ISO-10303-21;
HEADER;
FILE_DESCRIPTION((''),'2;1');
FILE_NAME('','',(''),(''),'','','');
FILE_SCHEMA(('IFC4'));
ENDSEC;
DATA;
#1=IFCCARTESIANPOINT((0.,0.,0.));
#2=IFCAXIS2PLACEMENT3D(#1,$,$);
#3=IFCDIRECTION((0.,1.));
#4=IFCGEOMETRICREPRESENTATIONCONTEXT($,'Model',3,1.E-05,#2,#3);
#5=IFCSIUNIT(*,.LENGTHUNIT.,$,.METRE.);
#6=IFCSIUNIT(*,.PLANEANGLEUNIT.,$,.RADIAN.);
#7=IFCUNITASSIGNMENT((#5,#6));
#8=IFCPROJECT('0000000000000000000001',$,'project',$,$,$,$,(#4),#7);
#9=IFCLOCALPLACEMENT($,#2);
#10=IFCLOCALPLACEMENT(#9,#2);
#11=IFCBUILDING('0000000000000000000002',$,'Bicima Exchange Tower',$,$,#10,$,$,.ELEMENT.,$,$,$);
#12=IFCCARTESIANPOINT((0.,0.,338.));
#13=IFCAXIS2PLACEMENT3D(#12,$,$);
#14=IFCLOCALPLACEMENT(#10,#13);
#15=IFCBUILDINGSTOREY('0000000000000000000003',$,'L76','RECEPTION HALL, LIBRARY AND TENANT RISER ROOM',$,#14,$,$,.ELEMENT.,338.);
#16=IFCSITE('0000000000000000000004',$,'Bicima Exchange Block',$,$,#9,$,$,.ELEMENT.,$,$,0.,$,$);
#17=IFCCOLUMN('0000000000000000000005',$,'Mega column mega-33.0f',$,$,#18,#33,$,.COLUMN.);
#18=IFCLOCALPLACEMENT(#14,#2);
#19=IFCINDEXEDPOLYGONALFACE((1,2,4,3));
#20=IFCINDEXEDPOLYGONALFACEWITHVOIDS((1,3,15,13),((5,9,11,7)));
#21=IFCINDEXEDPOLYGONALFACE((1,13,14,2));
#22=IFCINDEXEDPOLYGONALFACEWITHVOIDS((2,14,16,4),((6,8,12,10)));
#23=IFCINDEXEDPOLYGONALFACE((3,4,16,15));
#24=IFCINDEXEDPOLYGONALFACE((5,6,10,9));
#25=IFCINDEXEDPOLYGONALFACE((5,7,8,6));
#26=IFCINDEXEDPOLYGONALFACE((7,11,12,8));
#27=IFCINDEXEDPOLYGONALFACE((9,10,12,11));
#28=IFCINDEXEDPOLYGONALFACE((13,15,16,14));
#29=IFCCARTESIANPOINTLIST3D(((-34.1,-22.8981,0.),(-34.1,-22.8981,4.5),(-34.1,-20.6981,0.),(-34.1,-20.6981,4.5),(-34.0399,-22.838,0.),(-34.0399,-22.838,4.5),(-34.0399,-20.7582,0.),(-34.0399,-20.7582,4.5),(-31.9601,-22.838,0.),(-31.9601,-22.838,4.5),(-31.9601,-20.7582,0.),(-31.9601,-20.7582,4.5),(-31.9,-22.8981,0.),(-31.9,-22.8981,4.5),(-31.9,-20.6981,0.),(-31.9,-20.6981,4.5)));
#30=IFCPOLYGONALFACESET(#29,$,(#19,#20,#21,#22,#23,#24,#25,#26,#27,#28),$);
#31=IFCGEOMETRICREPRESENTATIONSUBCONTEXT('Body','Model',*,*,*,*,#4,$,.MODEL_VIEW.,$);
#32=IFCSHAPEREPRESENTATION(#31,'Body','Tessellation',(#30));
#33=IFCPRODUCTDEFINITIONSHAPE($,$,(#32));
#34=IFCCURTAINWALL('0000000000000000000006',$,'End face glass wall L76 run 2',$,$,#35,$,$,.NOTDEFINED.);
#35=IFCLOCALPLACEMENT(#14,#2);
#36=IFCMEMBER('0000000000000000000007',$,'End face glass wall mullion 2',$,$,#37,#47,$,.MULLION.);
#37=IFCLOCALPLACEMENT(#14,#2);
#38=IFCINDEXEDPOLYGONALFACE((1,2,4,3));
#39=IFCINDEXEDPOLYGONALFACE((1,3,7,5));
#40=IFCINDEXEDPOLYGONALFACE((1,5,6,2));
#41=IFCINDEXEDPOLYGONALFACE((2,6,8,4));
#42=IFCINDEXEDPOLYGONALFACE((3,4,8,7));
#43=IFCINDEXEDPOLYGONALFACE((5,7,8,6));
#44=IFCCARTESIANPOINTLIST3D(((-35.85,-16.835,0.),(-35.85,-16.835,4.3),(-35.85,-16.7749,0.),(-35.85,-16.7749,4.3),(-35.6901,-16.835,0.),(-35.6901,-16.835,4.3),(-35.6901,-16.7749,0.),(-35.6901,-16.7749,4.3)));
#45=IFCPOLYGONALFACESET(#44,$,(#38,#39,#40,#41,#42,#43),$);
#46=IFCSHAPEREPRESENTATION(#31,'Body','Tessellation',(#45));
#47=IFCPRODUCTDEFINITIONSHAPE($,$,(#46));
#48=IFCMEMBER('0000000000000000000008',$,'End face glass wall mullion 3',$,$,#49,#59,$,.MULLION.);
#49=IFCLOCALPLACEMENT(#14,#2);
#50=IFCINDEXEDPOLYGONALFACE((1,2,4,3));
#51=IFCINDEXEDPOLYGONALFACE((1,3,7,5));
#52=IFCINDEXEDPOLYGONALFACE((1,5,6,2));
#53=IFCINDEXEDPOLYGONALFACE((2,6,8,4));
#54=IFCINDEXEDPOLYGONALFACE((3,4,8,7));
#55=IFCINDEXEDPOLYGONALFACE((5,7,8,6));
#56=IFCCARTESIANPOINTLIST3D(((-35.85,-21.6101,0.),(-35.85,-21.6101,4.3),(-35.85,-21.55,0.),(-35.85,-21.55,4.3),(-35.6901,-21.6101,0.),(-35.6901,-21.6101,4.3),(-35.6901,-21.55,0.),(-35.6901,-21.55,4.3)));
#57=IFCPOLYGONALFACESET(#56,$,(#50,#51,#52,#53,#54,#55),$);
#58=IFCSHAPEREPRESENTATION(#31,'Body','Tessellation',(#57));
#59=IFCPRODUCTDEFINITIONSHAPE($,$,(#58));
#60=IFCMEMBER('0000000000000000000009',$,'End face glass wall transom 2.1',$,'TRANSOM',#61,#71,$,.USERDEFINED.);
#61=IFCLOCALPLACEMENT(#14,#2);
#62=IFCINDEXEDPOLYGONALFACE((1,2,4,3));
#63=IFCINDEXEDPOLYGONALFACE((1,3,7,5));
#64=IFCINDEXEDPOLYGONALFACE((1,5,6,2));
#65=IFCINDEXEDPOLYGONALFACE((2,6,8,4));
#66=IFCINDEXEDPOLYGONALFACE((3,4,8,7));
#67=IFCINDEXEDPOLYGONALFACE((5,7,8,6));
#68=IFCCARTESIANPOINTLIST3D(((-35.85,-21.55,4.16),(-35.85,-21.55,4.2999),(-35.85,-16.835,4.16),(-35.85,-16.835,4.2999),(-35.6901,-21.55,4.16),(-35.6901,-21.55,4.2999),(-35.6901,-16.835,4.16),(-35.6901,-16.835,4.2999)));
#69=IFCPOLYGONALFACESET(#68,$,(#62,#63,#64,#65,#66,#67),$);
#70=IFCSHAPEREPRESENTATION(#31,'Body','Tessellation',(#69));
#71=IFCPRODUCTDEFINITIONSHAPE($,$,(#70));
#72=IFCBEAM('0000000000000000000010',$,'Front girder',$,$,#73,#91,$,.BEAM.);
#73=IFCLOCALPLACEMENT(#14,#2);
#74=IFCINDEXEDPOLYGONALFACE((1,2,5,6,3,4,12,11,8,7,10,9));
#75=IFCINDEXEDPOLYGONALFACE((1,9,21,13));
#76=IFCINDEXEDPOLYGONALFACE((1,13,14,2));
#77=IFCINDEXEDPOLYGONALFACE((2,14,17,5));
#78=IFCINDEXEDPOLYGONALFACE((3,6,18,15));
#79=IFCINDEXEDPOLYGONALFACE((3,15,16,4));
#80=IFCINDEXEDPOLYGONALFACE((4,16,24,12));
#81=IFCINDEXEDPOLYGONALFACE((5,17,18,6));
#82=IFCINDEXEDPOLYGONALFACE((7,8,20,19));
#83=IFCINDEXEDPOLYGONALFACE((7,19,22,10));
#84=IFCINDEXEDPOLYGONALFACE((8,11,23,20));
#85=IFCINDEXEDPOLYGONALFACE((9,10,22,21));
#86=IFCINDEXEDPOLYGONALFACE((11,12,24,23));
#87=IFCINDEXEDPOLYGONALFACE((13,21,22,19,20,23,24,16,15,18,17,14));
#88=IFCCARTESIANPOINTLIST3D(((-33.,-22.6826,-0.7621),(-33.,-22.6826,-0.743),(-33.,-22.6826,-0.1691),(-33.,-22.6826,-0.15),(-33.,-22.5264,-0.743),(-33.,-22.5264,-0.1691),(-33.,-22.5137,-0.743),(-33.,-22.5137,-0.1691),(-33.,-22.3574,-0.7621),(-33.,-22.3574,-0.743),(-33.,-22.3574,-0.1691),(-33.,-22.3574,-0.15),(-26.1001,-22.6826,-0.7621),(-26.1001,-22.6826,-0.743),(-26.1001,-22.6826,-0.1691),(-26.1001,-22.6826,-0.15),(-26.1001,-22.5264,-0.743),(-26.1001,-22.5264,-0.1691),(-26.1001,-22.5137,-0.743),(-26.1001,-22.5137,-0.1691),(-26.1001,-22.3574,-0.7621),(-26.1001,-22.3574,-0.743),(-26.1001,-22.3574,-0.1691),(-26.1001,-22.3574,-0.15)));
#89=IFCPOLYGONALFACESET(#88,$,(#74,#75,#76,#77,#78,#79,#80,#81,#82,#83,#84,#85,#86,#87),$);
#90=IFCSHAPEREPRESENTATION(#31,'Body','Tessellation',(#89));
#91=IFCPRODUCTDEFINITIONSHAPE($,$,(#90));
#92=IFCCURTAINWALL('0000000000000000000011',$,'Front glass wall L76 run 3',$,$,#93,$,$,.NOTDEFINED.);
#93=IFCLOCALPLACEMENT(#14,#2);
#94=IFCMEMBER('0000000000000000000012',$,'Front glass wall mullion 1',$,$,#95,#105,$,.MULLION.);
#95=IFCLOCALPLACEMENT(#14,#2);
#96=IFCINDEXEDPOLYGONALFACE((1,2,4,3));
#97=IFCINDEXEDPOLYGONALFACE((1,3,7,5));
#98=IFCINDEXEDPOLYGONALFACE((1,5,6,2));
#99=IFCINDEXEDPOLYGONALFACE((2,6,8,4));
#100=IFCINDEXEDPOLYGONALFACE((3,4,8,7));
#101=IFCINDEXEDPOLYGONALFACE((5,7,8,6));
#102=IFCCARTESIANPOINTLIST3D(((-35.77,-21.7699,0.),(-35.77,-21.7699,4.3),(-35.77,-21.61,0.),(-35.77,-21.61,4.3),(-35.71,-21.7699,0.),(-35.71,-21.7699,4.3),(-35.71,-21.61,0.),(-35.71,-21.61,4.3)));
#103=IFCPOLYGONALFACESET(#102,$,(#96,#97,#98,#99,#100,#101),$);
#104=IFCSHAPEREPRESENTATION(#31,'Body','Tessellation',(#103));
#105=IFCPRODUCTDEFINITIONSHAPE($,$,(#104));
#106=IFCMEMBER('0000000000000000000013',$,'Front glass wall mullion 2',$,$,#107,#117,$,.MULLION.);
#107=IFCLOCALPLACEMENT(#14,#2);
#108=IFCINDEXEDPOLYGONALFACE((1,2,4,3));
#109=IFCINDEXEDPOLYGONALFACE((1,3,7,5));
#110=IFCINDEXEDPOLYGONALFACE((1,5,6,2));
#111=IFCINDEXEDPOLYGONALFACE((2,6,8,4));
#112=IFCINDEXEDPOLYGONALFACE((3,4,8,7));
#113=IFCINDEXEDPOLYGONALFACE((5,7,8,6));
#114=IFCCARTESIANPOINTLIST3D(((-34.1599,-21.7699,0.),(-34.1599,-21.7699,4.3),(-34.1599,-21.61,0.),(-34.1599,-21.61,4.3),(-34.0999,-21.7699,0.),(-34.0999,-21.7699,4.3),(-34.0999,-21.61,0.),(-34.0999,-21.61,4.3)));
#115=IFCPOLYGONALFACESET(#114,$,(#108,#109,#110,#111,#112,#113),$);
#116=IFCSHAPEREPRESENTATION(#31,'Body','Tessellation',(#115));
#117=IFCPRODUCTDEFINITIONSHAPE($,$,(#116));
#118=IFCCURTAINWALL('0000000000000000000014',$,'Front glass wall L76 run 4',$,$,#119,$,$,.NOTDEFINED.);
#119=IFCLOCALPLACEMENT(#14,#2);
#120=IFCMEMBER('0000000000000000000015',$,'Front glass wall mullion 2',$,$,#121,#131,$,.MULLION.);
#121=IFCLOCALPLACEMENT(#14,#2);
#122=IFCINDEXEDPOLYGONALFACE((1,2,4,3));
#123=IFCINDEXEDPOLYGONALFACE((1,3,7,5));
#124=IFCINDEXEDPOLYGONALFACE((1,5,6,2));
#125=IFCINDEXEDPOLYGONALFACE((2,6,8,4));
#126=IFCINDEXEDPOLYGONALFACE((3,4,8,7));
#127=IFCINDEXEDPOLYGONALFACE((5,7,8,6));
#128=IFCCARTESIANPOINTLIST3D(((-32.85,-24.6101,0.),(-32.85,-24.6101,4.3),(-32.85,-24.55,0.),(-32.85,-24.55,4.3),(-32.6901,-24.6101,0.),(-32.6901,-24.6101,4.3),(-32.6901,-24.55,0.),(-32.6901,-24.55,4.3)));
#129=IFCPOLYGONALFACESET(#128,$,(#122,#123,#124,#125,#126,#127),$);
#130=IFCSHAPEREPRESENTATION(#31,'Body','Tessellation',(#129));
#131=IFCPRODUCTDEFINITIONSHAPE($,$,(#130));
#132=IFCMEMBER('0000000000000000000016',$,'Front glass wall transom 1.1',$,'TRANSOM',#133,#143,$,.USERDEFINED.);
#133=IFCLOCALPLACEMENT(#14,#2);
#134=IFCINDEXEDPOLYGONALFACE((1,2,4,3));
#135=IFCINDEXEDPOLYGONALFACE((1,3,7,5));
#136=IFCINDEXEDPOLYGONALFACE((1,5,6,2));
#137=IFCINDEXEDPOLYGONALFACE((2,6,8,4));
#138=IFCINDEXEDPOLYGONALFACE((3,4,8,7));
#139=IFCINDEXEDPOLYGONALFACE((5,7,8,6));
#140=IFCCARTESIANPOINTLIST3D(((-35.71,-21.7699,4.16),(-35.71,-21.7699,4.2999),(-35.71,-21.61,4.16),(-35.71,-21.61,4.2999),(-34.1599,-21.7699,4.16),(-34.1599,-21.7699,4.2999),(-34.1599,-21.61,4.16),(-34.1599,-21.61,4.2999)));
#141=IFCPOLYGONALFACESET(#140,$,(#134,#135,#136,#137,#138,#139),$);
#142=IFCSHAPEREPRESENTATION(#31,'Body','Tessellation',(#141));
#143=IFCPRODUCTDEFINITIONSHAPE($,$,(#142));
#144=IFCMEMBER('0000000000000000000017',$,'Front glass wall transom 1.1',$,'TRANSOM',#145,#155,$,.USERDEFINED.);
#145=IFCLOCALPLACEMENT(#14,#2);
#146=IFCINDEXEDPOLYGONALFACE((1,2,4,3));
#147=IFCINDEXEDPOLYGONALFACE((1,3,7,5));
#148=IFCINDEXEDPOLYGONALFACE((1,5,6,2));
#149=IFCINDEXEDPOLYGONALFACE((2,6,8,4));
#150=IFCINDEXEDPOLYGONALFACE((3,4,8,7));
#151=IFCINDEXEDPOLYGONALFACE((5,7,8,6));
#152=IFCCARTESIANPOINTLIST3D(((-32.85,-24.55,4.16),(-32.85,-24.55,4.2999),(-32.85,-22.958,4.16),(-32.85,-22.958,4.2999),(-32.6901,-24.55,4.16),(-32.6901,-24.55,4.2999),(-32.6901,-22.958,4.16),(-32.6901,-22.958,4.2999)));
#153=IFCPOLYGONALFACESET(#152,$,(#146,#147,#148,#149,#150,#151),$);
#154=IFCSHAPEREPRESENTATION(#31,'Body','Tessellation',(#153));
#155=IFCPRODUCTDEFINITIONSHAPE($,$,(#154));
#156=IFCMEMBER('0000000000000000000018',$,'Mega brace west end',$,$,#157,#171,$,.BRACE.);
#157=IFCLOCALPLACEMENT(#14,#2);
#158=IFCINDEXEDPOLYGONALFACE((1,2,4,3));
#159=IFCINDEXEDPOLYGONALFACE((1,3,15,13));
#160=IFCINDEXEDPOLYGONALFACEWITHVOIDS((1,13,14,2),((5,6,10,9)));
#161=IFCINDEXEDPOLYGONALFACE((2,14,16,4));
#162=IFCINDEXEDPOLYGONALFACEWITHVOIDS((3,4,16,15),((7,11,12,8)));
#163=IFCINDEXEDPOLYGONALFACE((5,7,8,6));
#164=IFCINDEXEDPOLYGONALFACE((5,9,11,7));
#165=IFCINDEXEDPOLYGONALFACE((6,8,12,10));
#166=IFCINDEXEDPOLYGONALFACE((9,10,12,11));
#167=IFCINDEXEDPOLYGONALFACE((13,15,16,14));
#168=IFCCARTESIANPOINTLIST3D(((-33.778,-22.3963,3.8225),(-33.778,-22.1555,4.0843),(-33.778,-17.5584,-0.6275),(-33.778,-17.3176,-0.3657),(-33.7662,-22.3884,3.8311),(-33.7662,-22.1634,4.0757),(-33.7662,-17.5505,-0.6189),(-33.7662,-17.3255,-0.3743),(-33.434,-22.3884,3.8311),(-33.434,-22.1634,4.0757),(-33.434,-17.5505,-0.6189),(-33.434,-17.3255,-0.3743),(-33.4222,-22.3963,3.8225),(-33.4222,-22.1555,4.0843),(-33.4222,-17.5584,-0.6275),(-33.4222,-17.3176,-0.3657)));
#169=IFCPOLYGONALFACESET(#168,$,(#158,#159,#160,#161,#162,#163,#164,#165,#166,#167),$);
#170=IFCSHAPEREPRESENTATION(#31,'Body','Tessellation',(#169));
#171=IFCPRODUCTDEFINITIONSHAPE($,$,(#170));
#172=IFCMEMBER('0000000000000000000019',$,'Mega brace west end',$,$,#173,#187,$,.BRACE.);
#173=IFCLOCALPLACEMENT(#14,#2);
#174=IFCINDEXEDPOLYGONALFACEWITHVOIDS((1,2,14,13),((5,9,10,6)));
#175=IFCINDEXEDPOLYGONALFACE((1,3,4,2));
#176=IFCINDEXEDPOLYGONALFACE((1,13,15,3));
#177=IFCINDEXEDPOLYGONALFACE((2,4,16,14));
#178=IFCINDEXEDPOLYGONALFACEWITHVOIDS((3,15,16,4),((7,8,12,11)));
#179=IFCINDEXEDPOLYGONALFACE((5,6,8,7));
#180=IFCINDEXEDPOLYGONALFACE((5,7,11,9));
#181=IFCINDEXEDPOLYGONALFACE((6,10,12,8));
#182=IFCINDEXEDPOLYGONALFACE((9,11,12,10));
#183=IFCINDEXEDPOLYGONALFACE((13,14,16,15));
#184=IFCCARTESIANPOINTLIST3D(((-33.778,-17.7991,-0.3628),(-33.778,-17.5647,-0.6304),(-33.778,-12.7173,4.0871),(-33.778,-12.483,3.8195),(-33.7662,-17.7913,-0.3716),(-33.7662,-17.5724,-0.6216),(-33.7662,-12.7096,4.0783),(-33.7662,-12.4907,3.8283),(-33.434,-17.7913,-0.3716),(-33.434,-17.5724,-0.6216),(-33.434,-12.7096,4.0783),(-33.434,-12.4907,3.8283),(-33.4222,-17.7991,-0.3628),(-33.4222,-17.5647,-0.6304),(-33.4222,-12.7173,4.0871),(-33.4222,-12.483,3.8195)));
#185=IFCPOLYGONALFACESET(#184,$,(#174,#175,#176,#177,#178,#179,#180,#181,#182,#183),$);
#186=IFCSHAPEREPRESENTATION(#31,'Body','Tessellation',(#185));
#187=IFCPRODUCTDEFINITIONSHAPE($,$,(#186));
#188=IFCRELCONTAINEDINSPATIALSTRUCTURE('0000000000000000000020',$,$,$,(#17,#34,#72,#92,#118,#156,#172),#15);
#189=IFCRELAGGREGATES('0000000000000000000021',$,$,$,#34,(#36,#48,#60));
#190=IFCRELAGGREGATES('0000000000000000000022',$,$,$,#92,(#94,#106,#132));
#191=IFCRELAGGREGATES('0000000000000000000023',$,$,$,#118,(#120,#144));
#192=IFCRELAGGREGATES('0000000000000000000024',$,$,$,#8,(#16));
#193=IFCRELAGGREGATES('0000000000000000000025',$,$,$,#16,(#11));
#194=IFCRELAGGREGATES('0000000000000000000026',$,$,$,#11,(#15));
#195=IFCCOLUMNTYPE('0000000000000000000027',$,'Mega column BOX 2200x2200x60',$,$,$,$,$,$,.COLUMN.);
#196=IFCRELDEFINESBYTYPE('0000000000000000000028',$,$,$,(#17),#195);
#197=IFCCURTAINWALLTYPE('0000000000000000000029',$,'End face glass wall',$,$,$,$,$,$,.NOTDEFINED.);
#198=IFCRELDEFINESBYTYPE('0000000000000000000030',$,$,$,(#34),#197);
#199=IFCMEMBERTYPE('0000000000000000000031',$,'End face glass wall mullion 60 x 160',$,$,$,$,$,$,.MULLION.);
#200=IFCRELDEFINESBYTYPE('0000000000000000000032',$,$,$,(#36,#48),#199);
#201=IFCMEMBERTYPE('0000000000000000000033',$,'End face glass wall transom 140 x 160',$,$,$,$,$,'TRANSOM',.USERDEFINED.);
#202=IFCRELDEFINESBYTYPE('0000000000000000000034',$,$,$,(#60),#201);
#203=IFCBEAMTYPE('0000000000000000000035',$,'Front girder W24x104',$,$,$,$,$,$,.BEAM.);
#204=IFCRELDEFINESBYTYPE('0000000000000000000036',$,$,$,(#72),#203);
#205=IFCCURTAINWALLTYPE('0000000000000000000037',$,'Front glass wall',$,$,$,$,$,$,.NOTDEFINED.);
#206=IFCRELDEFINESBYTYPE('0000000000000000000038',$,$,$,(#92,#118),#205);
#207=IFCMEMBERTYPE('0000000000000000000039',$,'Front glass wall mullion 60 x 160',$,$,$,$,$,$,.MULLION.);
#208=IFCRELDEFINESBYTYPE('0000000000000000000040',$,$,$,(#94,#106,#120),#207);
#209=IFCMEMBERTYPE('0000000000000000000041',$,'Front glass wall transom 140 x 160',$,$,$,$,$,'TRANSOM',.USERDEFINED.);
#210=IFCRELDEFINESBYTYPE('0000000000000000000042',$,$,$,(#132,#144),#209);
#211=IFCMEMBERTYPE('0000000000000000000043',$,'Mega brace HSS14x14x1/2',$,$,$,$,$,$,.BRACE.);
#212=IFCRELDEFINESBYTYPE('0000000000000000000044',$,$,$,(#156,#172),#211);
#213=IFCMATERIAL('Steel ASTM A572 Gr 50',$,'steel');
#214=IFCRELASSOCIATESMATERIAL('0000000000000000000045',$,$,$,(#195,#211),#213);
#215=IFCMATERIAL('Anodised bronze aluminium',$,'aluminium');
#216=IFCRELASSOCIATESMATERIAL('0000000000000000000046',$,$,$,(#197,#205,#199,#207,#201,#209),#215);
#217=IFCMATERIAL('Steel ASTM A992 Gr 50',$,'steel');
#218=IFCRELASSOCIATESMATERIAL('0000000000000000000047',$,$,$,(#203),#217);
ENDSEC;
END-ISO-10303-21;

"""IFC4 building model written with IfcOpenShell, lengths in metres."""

from ifc_helpers import new_model, si_unit, direction, frame, origin, origin_2d, place, context, subcontext, project, spatial, rectangle, hollow_rectangle, i_section, extrude, material, material_profile, profile_set, type_object, element, aggregate, save


model = new_model("IFC4")

# Units and contexts
model_context = context("Model", 3, precision=1e-05, world=origin(), true_north=direction((0.0, 1.0)))
body_context = subcontext(model_context, "Body", "Model", "MODEL_VIEW")
ifc_project = project(units=[si_unit("LENGTHUNIT", "METRE"), si_unit("PLANEANGLEUNIT", "RADIAN")], contexts=[model_context])

# Site, building, storey
site_placement = place(None, origin())
site = spatial("IfcSite", under=ifc_project, at=site_placement, Name="Bicima Exchange Block", CompositionType="ELEMENT", RefElevation=0.0)
building_placement = place(site_placement, origin())
building = spatial("IfcBuilding", under=site, at=building_placement, Name="Bicima Exchange Tower", CompositionType="ELEMENT")
storey_placement = place(building_placement, frame((0.0, 0.0, 338.0)))
storey = spatial("IfcBuildingStorey", under=building, at=storey_placement, Name="L76", Description="RECEPTION HALL, LIBRARY AND TENANT RISER ROOM", CompositionType="ELEMENT", Elevation=338.0)

# Column
ifc_material_1 = material(Name="Steel ASTM A572 Gr 50", Category="steel")
ifc_material_profile_1 = material_profile(ifc_material_1, hollow_rectangle(XDim=2.2, YDim=2.2, WallThickness=0.0601, at=origin_2d()))
ifc_profile_set_1 = profile_set([ifc_material_profile_1], Name="Steel ASTM A572 Gr 50")
column_type = type_object("IfcColumnType", Name="Mega column BOX 2200x2200x60", PredefinedType="COLUMN", material=ifc_profile_set_1)
column_placement = place(storey_placement, frame((-33.0, -21.7981, 0.0), z_axis=(0.0, 0.0, 1.0), x_axis=(1.0, 0.0, 0.0)))
element("IfcColumn", 1, at=column_placement, inside=storey, type_object=column_type, Name="Mega column mega-33.0f", PredefinedType="COLUMN", context=body_context, shape_type="SweptSolid", body=[
    extrude(hollow_rectangle(XDim=2.2, YDim=2.2, WallThickness=0.0601, at=origin_2d()), origin(), (0.0, 0.0, 1.0), 4.5),
])

# Curtain wall, members
ifc_material_2 = material(Name="Anodised bronze aluminium", Category="aluminium")
curtain_wall_type_1 = type_object("IfcCurtainWallType", Name="End face glass wall", PredefinedType="NOTDEFINED", material=ifc_material_2)
curtain_wall_1_placement = place(storey_placement, origin())
curtain_wall_1 = element("IfcCurtainWall", 2, at=curtain_wall_1_placement, inside=storey, type_object=curtain_wall_type_1, Name="End face glass wall L76 run 2", PredefinedType="NOTDEFINED")
ifc_material_profile_2 = material_profile(ifc_material_2, rectangle(XDim=0.1599, YDim=0.0601, at=origin_2d()))
ifc_profile_set_2 = profile_set([ifc_material_profile_2], Name="Anodised bronze aluminium")
member_type_1 = type_object("IfcMemberType", Name="End face glass wall mullion 60 x 160", PredefinedType="MULLION", material=ifc_profile_set_2)
member_1_placement = place(storey_placement, frame((-35.77, -16.8049, 0.0), z_axis=(0.0, 0.0, 1.0), x_axis=(1.0, 0.0, 0.0)))
member_1 = element("IfcMember", 3, at=member_1_placement, type_object=member_type_1, Name="End face glass wall mullion 2", PredefinedType="MULLION", context=body_context, shape_type="SweptSolid", body=[
    extrude(rectangle(XDim=0.1599, YDim=0.0601, at=origin_2d()), origin(), (0.0, 0.0, 1.0), 4.3),
])
member_2_placement = place(storey_placement, frame((-35.77, -21.5801, 0.0), z_axis=(0.0, 0.0, 1.0), x_axis=(1.0, 0.0, 0.0)))
member_2 = element("IfcMember", 4, at=member_2_placement, type_object=member_type_1, Name="End face glass wall mullion 3", PredefinedType="MULLION", context=body_context, shape_type="SweptSolid", body=[
    extrude(rectangle(XDim=0.1599, YDim=0.0601, at=origin_2d()), origin(), (0.0, 0.0, 1.0), 4.3),
])
ifc_material_profile_3 = material_profile(ifc_material_2, rectangle(XDim=0.1599, YDim=0.1399, at=origin_2d()))
ifc_profile_set_3 = profile_set([ifc_material_profile_3], Name="Anodised bronze aluminium")
member_type_2 = type_object("IfcMemberType", Name="End face glass wall transom 140 x 160", ElementType="TRANSOM", PredefinedType="USERDEFINED", material=ifc_profile_set_3)
member_3_placement = place(storey_placement, frame((-35.77, -16.835, 4.23), z_axis=(0.0, -1.0, 0.0), x_axis=(1.0, 0.0, 0.0)))
member_3 = element("IfcMember", 5, at=member_3_placement, type_object=member_type_2, Name="End face glass wall transom 2.1", ObjectType="TRANSOM", PredefinedType="USERDEFINED", context=body_context, shape_type="SweptSolid", body=[
    extrude(rectangle(XDim=0.1599, YDim=0.1399, at=origin_2d()), origin(), (0.0, 0.0, 1.0), 4.7151),
])

# Beam
ifc_material_3 = material(Name="Steel ASTM A992 Gr 50", Category="steel")
ifc_material_profile_4 = material_profile(ifc_material_3, i_section(OverallWidth=0.3252, OverallDepth=0.6121, WebThickness=0.0127, FlangeThickness=0.019, at=origin_2d()))
ifc_profile_set_4 = profile_set([ifc_material_profile_4], Name="Steel ASTM A992 Gr 50")
beam_type = type_object("IfcBeamType", Name="Front girder W24x104", PredefinedType="BEAM", material=ifc_profile_set_4)
beam_placement = place(storey_placement, frame((-33.0, -22.52, -0.4561), z_axis=(1.0, 0.0, 0.0), x_axis=(0.0, 1.0, 0.0)))
element("IfcBeam", 6, at=beam_placement, inside=storey, type_object=beam_type, Name="Front girder", PredefinedType="BEAM", context=body_context, shape_type="SweptSolid", body=[
    extrude(i_section(OverallWidth=0.3252, OverallDepth=0.6121, WebThickness=0.0127, FlangeThickness=0.019, at=origin_2d()), origin(), (0.0, 0.0, 1.0), 6.8999),
])

# Curtain wall, members
curtain_wall_type_2 = type_object("IfcCurtainWallType", Name="Front glass wall", PredefinedType="NOTDEFINED", material=ifc_material_2)
curtain_wall_2_placement = place(storey_placement, origin())
curtain_wall_2 = element("IfcCurtainWall", 7, at=curtain_wall_2_placement, inside=storey, type_object=curtain_wall_type_2, Name="Front glass wall L76 run 3", PredefinedType="NOTDEFINED")
member_type_3 = type_object("IfcMemberType", Name="Front glass wall mullion 60 x 160", PredefinedType="MULLION", material=ifc_profile_set_2)
member_4_placement = place(storey_placement, frame((-35.74, -21.6899, 0.0), z_axis=(0.0, 0.0, 1.0), x_axis=(0.0, 1.0, 0.0)))
member_4 = element("IfcMember", 8, at=member_4_placement, type_object=member_type_3, Name="Front glass wall mullion 1", PredefinedType="MULLION", context=body_context, shape_type="SweptSolid", body=[
    extrude(rectangle(XDim=0.1599, YDim=0.0601, at=origin_2d()), origin(), (0.0, 0.0, 1.0), 4.3),
])
member_5_placement = place(storey_placement, frame((-34.1299, -21.6899, 0.0), z_axis=(0.0, 0.0, 1.0), x_axis=(0.0, 1.0, 0.0)))
member_5 = element("IfcMember", 9, at=member_5_placement, type_object=member_type_3, Name="Front glass wall mullion 2", PredefinedType="MULLION", context=body_context, shape_type="SweptSolid", body=[
    extrude(rectangle(XDim=0.1599, YDim=0.0601, at=origin_2d()), origin(), (0.0, 0.0, 1.0), 4.3),
])

# Curtain wall, member
curtain_wall_3_placement = place(storey_placement, origin())
curtain_wall_3 = element("IfcCurtainWall", 10, at=curtain_wall_3_placement, inside=storey, type_object=curtain_wall_type_2, Name="Front glass wall L76 run 4", PredefinedType="NOTDEFINED")
member_6_placement = place(storey_placement, frame((-32.77, -24.5801, 0.0), z_axis=(0.0, 0.0, 1.0), x_axis=(1.0, 0.0, 0.0)))
member_6 = element("IfcMember", 11, at=member_6_placement, type_object=member_type_3, Name="Front glass wall mullion 2", PredefinedType="MULLION", context=body_context, shape_type="SweptSolid", body=[
    extrude(rectangle(XDim=0.1599, YDim=0.0601, at=origin_2d()), origin(), (0.0, 0.0, 1.0), 4.3),
])

# Members
member_type_4 = type_object("IfcMemberType", Name="Front glass wall transom 140 x 160", ElementType="TRANSOM", PredefinedType="USERDEFINED", material=ifc_profile_set_3)
member_7_placement = place(storey_placement, frame((-35.71, -21.6899, 4.23), z_axis=(1.0, 0.0, 0.0), x_axis=(0.0, 1.0, 0.0)))
member_7 = element("IfcMember", 12, at=member_7_placement, type_object=member_type_4, Name="Front glass wall transom 1.1", ObjectType="TRANSOM", PredefinedType="USERDEFINED", context=body_context, shape_type="SweptSolid", body=[
    extrude(rectangle(XDim=0.1599, YDim=0.1399, at=origin_2d()), origin(), (0.0, 0.0, 1.0), 1.55),
])
member_8_placement = place(storey_placement, frame((-32.77, -22.958, 4.23), z_axis=(0.0, -1.0, 0.0), x_axis=(1.0, 0.0, 0.0)))
member_8 = element("IfcMember", 13, at=member_8_placement, type_object=member_type_4, Name="Front glass wall transom 1.1", ObjectType="TRANSOM", PredefinedType="USERDEFINED", context=body_context, shape_type="SweptSolid", body=[
    extrude(rectangle(XDim=0.1599, YDim=0.1399, at=origin_2d()), origin(), (0.0, 0.0, 1.0), 1.592),
])

# Members
ifc_material_profile_5 = material_profile(ifc_material_1, hollow_rectangle(XDim=0.3557, YDim=0.3557, WallThickness=0.0117, at=origin_2d()))
ifc_profile_set_5 = profile_set([ifc_material_profile_5], Name="Steel ASTM A572 Gr 50")
member_type_5 = type_object("IfcMemberType", Name="Mega brace HSS14x14x1/2", PredefinedType="BRACE", material=ifc_profile_set_5)
member_9_placement = place(storey_placement, frame((-33.6001, -17.438, -0.4966), z_axis=(0.0, -0.736, 0.676982), x_axis=(1.0, 0.0, 0.0)))
element("IfcMember", 14, at=member_9_placement, inside=storey, type_object=member_type_5, Name="Mega brace west end", PredefinedType="BRACE", context=body_context, shape_type="SweptSolid", body=[
    extrude(hollow_rectangle(XDim=0.3557, YDim=0.3557, WallThickness=0.0117, at=origin_2d()), origin(), (0.0, 0.0, 1.0), 6.5732),
])
member_10_placement = place(storey_placement, frame((-33.6001, -17.6819, -0.4966), z_axis=(0.0, 0.752328, 0.658789), x_axis=(-1.0, 0.0, 0.0)))
element("IfcMember", 15, at=member_10_placement, inside=storey, type_object=member_type_5, Name="Mega brace west end", PredefinedType="BRACE", context=body_context, shape_type="SweptSolid", body=[
    extrude(hollow_rectangle(XDim=0.3557, YDim=0.3557, WallThickness=0.0117, at=origin_2d()), origin(), (0.0, 0.0, 1.0), 6.7546),
])

aggregate(curtain_wall_1, [member_1, member_2, member_3])
aggregate(curtain_wall_2, [member_4, member_5, member_7])
aggregate(curtain_wall_3, [member_6, member_8])

save(model, "model.ifc")
